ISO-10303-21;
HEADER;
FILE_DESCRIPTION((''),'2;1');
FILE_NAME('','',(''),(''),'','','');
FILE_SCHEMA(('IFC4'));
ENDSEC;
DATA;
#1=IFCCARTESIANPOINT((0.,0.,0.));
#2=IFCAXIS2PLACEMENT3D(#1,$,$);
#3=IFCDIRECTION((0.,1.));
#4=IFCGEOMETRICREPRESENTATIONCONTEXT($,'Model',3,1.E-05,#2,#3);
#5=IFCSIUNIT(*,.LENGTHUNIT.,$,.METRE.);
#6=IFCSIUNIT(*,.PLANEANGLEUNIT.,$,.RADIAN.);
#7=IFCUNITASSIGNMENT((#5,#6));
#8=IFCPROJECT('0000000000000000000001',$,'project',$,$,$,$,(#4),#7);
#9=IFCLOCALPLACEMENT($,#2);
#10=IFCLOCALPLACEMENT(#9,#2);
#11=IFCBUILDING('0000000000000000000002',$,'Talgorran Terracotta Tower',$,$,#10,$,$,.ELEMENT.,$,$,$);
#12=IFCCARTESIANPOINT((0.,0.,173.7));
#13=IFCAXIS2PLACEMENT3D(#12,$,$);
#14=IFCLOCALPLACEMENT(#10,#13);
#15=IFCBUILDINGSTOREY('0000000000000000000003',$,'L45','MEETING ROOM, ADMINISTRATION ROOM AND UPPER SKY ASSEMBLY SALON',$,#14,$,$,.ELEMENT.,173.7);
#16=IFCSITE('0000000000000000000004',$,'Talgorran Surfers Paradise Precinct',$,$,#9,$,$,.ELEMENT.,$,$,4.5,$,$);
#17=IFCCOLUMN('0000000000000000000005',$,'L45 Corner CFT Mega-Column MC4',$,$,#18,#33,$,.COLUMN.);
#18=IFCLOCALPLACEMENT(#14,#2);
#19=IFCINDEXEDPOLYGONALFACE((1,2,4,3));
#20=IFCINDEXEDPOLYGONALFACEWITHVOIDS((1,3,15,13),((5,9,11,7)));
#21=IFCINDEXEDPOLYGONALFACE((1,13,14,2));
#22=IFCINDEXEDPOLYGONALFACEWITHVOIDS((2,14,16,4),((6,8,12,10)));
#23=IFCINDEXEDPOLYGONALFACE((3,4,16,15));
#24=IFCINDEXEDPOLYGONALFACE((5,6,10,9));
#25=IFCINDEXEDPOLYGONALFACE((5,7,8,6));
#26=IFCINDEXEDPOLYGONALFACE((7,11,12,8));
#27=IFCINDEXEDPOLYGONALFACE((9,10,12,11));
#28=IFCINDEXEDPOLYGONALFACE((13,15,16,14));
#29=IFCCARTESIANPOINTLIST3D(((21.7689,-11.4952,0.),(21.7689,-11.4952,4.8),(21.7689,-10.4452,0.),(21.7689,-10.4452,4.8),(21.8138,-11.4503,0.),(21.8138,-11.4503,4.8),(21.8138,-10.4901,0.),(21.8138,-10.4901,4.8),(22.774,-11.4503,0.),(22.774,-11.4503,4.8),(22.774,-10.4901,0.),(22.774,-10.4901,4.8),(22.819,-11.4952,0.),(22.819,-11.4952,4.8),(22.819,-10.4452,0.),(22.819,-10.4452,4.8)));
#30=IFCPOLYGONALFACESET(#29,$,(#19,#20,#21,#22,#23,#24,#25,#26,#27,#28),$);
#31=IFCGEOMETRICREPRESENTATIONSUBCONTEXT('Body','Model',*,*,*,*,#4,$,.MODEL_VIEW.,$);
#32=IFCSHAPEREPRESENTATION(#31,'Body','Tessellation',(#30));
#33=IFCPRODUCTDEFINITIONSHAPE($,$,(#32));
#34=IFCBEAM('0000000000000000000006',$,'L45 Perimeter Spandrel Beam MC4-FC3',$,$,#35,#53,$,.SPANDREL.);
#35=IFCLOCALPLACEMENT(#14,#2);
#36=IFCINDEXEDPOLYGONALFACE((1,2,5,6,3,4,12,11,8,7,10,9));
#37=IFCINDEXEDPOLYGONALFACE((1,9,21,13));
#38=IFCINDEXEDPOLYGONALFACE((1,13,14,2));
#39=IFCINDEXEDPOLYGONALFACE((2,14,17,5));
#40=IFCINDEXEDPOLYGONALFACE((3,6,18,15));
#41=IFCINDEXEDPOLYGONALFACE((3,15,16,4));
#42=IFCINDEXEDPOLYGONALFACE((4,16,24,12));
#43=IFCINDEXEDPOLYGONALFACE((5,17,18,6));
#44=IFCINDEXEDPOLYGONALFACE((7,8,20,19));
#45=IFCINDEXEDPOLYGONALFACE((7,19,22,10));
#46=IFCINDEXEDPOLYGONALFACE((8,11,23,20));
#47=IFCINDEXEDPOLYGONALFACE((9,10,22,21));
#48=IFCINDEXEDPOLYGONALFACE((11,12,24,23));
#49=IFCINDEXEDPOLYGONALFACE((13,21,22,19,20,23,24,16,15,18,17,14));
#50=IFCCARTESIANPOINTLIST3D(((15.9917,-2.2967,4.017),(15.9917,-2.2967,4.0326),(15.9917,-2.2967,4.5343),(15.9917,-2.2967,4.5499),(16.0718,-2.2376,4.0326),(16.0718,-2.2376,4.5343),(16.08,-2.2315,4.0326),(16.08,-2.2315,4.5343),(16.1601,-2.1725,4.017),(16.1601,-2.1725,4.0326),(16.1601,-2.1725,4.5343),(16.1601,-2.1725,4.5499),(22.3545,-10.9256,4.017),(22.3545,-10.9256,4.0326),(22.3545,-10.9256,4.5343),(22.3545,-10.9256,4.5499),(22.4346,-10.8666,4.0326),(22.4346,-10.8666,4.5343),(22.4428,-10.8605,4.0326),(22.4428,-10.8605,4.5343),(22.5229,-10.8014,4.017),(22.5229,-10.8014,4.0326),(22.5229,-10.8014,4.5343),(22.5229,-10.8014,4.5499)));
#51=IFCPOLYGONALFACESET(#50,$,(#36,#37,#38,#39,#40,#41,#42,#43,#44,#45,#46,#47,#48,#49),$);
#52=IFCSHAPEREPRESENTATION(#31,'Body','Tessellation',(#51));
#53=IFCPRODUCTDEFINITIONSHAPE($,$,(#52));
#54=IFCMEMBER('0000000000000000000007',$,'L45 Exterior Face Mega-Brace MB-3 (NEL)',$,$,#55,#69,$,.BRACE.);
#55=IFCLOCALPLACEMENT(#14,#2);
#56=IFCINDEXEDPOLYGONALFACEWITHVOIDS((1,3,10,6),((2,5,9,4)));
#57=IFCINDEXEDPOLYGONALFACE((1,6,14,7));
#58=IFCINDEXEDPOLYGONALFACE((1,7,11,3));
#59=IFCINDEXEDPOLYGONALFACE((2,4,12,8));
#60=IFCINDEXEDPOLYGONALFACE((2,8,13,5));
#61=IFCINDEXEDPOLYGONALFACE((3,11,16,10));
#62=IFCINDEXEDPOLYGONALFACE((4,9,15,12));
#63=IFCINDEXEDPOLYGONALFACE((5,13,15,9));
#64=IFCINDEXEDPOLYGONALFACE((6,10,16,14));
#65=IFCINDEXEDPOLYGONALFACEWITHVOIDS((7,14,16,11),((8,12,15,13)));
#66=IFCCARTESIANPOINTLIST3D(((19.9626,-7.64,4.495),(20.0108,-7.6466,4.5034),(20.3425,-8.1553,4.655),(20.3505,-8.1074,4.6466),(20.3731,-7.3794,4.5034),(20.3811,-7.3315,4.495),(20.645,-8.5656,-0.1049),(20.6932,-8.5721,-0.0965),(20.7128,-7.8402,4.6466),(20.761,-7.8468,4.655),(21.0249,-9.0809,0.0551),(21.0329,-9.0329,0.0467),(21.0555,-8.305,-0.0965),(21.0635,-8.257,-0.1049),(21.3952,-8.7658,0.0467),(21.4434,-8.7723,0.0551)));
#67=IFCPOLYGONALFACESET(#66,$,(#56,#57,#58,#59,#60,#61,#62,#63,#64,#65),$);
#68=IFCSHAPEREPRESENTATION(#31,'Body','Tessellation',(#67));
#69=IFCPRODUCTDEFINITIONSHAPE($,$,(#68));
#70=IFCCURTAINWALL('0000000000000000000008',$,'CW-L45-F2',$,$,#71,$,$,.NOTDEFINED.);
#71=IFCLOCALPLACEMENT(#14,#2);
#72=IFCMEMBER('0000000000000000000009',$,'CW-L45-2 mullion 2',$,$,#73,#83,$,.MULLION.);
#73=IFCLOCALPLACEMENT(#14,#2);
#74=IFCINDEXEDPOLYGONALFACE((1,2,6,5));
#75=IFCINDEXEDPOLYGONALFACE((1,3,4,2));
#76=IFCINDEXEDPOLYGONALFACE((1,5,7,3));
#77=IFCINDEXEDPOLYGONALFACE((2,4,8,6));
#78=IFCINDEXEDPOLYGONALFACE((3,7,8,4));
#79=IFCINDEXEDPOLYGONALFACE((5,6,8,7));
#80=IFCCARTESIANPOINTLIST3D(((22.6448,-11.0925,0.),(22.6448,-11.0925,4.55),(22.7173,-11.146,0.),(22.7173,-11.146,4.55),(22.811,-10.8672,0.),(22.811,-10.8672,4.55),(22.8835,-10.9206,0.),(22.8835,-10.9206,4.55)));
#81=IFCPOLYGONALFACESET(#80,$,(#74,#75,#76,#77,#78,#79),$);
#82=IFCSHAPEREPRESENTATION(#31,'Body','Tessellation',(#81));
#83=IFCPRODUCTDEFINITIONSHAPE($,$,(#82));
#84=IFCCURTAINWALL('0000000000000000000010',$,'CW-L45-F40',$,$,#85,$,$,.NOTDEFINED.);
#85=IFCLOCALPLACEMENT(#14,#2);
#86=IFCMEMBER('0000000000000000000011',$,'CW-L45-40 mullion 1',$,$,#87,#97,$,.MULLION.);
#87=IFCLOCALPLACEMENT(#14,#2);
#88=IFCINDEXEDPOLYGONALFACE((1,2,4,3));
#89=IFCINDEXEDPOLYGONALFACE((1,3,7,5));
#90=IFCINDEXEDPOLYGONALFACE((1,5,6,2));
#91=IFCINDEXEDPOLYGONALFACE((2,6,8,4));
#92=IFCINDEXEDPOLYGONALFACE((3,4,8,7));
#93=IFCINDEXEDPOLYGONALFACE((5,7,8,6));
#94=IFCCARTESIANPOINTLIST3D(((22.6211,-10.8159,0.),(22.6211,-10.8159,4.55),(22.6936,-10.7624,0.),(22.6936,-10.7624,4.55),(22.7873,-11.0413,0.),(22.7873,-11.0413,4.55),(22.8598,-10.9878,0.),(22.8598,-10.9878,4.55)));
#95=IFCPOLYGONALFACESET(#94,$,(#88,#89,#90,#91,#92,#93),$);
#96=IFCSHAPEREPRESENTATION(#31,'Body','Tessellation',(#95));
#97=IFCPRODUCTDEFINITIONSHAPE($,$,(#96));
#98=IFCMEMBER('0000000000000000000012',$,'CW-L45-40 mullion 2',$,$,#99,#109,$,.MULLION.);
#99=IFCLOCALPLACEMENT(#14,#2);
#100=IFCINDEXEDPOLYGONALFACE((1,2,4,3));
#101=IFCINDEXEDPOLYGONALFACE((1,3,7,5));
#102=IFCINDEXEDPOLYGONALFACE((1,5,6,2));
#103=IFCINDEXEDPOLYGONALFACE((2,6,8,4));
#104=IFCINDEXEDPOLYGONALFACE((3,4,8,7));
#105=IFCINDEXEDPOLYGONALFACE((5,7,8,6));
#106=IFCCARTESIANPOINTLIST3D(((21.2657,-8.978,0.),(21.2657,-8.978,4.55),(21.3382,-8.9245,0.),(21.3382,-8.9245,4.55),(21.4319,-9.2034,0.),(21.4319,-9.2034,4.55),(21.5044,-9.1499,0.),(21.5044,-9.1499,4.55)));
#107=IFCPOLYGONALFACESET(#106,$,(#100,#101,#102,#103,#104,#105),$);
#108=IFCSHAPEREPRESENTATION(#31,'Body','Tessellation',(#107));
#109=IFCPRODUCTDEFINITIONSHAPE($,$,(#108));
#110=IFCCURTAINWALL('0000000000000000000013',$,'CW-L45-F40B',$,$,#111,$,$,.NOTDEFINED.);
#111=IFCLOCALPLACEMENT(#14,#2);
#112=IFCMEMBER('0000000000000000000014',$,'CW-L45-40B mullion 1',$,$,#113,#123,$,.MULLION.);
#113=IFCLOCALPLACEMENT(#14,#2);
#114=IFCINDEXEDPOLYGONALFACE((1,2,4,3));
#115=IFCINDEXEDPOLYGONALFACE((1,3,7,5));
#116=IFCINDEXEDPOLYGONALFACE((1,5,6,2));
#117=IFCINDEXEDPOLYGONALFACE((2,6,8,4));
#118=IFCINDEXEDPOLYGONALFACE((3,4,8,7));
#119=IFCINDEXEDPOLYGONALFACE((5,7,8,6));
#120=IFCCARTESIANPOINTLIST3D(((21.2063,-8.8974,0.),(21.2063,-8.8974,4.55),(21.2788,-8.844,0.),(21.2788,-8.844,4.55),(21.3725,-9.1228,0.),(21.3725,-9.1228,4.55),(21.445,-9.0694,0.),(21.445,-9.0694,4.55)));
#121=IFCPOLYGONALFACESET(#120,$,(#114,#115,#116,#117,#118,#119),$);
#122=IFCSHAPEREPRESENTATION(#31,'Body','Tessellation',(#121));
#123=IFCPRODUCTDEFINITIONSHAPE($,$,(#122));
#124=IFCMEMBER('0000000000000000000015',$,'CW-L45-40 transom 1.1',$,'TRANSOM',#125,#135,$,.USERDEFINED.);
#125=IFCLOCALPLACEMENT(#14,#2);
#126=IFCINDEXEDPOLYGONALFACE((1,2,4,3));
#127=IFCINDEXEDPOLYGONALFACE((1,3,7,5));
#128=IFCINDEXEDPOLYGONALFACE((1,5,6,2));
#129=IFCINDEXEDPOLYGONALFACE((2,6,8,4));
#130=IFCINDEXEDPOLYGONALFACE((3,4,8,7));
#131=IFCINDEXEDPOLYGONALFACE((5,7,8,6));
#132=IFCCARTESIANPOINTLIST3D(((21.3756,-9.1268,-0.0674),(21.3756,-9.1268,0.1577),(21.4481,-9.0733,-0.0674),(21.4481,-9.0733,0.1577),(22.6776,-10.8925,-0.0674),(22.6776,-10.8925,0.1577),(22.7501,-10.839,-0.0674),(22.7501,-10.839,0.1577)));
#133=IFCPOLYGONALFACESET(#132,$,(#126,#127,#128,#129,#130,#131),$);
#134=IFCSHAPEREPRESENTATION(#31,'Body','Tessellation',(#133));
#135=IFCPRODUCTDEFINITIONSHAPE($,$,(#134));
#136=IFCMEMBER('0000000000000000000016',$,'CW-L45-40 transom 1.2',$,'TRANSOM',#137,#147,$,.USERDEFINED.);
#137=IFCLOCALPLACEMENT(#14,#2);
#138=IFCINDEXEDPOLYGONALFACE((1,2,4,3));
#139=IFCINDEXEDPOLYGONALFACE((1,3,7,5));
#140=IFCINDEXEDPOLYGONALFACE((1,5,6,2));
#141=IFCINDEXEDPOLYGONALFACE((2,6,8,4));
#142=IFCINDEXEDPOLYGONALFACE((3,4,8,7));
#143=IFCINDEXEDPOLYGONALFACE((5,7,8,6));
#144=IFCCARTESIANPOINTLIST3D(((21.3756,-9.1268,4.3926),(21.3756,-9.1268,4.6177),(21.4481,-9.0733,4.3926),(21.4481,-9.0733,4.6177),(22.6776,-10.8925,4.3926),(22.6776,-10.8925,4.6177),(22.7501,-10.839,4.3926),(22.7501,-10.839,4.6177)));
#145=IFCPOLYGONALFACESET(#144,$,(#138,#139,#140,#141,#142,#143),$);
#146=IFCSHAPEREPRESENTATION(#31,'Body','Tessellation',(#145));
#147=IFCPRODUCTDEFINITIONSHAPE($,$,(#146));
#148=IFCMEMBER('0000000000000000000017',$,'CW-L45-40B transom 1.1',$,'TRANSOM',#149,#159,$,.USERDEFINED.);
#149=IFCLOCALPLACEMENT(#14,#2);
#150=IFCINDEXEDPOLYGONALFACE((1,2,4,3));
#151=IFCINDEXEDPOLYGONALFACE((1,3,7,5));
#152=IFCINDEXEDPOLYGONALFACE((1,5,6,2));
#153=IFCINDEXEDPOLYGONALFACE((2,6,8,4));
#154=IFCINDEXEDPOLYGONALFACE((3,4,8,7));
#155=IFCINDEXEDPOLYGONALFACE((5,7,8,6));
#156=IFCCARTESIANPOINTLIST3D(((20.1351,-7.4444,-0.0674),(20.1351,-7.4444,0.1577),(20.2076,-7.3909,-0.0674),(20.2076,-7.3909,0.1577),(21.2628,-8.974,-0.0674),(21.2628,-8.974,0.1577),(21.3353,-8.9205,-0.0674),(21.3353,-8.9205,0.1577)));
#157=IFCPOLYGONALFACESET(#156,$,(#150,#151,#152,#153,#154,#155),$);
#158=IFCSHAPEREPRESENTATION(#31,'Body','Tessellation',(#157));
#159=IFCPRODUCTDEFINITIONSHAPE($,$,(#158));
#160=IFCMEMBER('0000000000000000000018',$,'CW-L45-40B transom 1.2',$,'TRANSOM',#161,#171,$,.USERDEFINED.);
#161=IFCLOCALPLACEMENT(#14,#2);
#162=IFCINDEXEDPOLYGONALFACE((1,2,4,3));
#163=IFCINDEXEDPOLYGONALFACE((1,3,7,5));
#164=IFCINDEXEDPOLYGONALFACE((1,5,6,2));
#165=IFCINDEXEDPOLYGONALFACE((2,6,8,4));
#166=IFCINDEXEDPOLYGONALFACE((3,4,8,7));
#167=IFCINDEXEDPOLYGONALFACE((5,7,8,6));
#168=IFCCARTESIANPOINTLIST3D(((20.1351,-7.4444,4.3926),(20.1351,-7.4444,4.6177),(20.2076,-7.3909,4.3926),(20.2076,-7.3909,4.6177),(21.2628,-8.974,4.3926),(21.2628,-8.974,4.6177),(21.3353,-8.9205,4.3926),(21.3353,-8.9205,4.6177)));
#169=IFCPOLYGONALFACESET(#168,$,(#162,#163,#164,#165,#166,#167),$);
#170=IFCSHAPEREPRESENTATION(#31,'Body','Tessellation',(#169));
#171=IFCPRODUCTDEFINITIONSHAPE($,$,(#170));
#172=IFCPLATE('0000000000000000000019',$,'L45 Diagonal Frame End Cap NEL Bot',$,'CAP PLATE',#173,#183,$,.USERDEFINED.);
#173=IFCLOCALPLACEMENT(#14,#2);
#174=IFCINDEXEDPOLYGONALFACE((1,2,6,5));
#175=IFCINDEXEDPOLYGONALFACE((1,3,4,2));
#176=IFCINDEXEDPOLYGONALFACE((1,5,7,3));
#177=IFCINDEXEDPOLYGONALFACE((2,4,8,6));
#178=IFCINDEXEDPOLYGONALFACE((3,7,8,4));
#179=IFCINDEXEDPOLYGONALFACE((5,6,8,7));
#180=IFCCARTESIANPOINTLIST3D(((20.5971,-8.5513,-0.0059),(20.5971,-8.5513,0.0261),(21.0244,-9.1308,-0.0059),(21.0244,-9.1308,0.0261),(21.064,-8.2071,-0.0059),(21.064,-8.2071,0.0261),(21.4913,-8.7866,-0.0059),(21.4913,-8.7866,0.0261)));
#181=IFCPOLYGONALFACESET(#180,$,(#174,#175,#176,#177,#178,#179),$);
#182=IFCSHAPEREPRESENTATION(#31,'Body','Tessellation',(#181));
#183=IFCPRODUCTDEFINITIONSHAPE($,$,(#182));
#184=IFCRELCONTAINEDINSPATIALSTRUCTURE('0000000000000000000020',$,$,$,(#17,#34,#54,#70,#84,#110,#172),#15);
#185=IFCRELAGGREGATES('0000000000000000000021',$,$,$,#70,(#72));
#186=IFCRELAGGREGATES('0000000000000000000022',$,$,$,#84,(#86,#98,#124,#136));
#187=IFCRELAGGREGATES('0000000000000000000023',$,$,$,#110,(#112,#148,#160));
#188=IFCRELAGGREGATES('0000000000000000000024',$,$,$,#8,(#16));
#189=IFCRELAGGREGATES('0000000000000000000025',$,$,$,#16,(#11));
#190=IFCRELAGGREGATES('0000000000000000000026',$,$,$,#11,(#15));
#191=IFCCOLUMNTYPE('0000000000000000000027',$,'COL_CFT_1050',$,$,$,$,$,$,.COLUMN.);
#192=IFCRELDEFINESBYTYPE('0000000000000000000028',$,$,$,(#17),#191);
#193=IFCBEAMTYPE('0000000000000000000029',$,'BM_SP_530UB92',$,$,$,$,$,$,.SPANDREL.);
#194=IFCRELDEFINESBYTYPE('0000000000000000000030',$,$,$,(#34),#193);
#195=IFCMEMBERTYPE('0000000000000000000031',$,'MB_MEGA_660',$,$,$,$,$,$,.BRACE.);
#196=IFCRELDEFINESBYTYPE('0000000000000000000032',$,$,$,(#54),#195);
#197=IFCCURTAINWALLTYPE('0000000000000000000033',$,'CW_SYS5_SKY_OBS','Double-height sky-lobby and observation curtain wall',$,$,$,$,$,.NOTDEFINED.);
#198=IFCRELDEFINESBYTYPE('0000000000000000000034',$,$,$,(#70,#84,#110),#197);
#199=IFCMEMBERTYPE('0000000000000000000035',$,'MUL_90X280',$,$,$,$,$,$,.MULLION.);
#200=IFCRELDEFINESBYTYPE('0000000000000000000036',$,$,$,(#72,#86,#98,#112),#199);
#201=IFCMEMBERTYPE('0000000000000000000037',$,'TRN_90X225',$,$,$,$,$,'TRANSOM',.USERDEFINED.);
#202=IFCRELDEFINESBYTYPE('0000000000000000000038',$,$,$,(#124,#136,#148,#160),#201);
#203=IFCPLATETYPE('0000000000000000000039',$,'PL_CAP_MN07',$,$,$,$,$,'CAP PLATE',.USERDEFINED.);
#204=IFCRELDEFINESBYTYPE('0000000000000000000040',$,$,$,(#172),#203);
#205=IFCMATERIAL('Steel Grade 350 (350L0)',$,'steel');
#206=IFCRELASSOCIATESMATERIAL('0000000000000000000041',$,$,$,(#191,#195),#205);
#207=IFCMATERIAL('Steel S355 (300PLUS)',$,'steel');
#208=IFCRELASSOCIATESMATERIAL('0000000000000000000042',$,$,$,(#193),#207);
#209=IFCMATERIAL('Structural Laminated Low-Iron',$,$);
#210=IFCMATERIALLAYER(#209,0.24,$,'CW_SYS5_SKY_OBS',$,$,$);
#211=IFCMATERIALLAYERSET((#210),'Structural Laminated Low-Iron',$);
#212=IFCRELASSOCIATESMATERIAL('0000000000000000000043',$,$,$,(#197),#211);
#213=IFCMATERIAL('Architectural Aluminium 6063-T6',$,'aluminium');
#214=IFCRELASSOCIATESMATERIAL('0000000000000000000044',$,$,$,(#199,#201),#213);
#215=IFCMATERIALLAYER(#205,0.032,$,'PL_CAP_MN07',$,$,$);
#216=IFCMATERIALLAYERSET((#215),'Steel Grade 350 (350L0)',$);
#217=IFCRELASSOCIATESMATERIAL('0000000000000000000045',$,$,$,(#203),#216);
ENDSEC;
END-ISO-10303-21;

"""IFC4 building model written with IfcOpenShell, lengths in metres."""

from ifc_helpers import new_model, si_unit, direction, frame, origin, origin_2d, place, context, subcontext, project, spatial, rectangle, hollow_rectangle, i_section, extrude, material, layer, layer_set, material_profile, profile_set, type_object, element, aggregate, save


model = new_model("IFC4")

# Units and contexts
model_context = context("Model", 3, precision=1e-05, world=origin(), true_north=direction((0.0, 1.0)))
body_context = subcontext(model_context, "Body", "Model", "MODEL_VIEW")
ifc_project = project(units=[si_unit("LENGTHUNIT", "METRE"), si_unit("PLANEANGLEUNIT", "RADIAN")], contexts=[model_context])

# Site, building, storey
site_placement = place(None, origin())
site = spatial("IfcSite", under=ifc_project, at=site_placement, Name="Talgorran Surfers Paradise Precinct", CompositionType="ELEMENT", RefElevation=4.5)
building_placement = place(site_placement, origin())
building = spatial("IfcBuilding", under=site, at=building_placement, Name="Talgorran Terracotta Tower", CompositionType="ELEMENT")
storey_placement = place(building_placement, frame((0.0, 0.0, 173.7)))
storey = spatial("IfcBuildingStorey", under=building, at=storey_placement, Name="L45", Description="MEETING ROOM, ADMINISTRATION ROOM AND UPPER SKY ASSEMBLY SALON", CompositionType="ELEMENT", Elevation=173.7)

# Column
ifc_material_1 = material(Name="Steel Grade 350 (350L0)", Category="steel")
ifc_material_profile_1 = material_profile(ifc_material_1, hollow_rectangle(XDim=1.05, YDim=1.05, WallThickness=0.0449, at=origin_2d()), Name="CFT1050X1050X45")
ifc_profile_set_1 = profile_set([ifc_material_profile_1], Name="Steel Grade 350 (350L0)")
column_type = type_object("IfcColumnType", Name="COL_CFT_1050", PredefinedType="COLUMN", material=ifc_profile_set_1)
column_placement = place(storey_placement, frame((22.2939, -10.9702, 0.0), z_axis=(0.0, 0.0, 1.0), x_axis=(1.0, 0.0, 0.0)))
element("IfcColumn", 1, at=column_placement, inside=storey, type_object=column_type, Name="L45 Corner CFT Mega-Column MC4", PredefinedType="COLUMN", context=body_context, shape_type="SweptSolid", body=[
    extrude(hollow_rectangle(XDim=1.05, YDim=1.05, WallThickness=0.0449, at=origin_2d()), origin(), (0.0, 0.0, 1.0), 4.8),
])

# Beam
ifc_material_2 = material(Name="Steel S355 (300PLUS)", Category="steel")
ifc_material_profile_2 = material_profile(ifc_material_2, i_section(OverallWidth=0.2092, OverallDepth=0.533, WebThickness=0.0103, FlangeThickness=0.0156, at=origin_2d()), Name="530UB92.4")
ifc_profile_set_2 = profile_set([ifc_material_profile_2], Name="Steel S355 (300PLUS)")
beam_type = type_object("IfcBeamType", Name="BM_SP_530UB92", PredefinedType="SPANDREL", material=ifc_profile_set_2)
beam_placement = place(storey_placement, frame((22.4387, -10.8635, 4.2834), z_axis=(-0.59348, 0.804849, 0.0), x_axis=(-0.804849, -0.59348, 0.0)))
element("IfcBeam", 2, at=beam_placement, inside=storey, type_object=beam_type, Name="L45 Perimeter Spandrel Beam MC4-FC3", PredefinedType="SPANDREL", context=body_context, shape_type="SweptSolid", body=[
    extrude(i_section(OverallWidth=0.2092, OverallDepth=0.533, WebThickness=0.0103, FlangeThickness=0.0156, at=origin_2d()), origin(), (0.0, 0.0, 1.0), 10.7212),
])

# Member
ifc_material_profile_3 = material_profile(ifc_material_1, hollow_rectangle(XDim=0.52, YDim=0.6599, WallThickness=0.0349, at=origin_2d()), Name="WBOX660X520X35")
ifc_profile_set_3 = profile_set([ifc_material_profile_3], Name="Steel Grade 350 (350L0)")
member_type_1 = type_object("IfcMemberType", Name="MB_MEGA_660", PredefinedType="BRACE", material=ifc_profile_set_3)
member_1_placement = place(storey_placement, frame((21.0442, -8.6689, -0.0249), z_axis=(-0.143918, 0.195203, 0.970146), x_axis=(-0.80489, -0.593424, 0.0)))
element("IfcMember", 3, at=member_1_placement, inside=storey, type_object=member_type_1, Name="L45 Exterior Face Mega-Brace MB-3 (NEL)", PredefinedType="BRACE", context=body_context, shape_type="SweptSolid", body=[
    extrude(hollow_rectangle(XDim=0.52, YDim=0.6599, WallThickness=0.0349, at=origin_2d()), origin(), (0.0, 0.0, 1.0), 4.7415),
])

# Curtain wall, member
ifc_material_3 = material(Name="Structural Laminated Low-Iron")
ifc_layer_1 = layer(ifc_material_3, 0.24, Name="CW_SYS5_SKY_OBS")
ifc_layer_set_1 = layer_set([ifc_layer_1], Name="Structural Laminated Low-Iron")
curtain_wall_type = type_object("IfcCurtainWallType", Name="CW_SYS5_SKY_OBS", Description="Double-height sky-lobby and observation curtain wall", PredefinedType="NOTDEFINED", material=ifc_layer_set_1)
curtain_wall_1_placement = place(storey_placement, origin())
curtain_wall_1 = element("IfcCurtainWall", 4, at=curtain_wall_1_placement, inside=storey, type_object=curtain_wall_type, Name="CW-L45-F2", PredefinedType="NOTDEFINED")
ifc_material_4 = material(Name="Architectural Aluminium 6063-T6", Category="aluminium")
ifc_material_profile_4 = material_profile(ifc_material_4, rectangle(XDim=0.0901, YDim=0.28, at=origin_2d()), Name="CWM90X280")
ifc_profile_set_4 = profile_set([ifc_material_profile_4], Name="Architectural Aluminium 6063-T6")
member_type_2 = type_object("IfcMemberType", Name="MUL_90X280", PredefinedType="MULLION", material=ifc_profile_set_4)
member_2_placement = place(storey_placement, frame((22.7642, -11.0066, 0.0), z_axis=(0.0, 0.0, 1.0), x_axis=(-0.804841, 0.59349, 0.0)))
member_2 = element("IfcMember", 5, at=member_2_placement, type_object=member_type_2, Name="CW-L45-2 mullion 2", PredefinedType="MULLION", context=body_context, shape_type="SweptSolid", body=[
    extrude(rectangle(XDim=0.0901, YDim=0.28, at=origin_2d()), origin(), (0.0, 0.0, 1.0), 4.55),
])

# Curtain wall, members
curtain_wall_2_placement = place(storey_placement, origin())
curtain_wall_2 = element("IfcCurtainWall", 6, at=curtain_wall_2_placement, inside=storey, type_object=curtain_wall_type, Name="CW-L45-F40", PredefinedType="NOTDEFINED")
member_3_placement = place(storey_placement, frame((22.7405, -10.9019, 0.0), z_axis=(0.0, 0.0, 1.0), x_axis=(-0.804827, -0.593509, 0.0)))
member_3 = element("IfcMember", 7, at=member_3_placement, type_object=member_type_2, Name="CW-L45-40 mullion 1", PredefinedType="MULLION", context=body_context, shape_type="SweptSolid", body=[
    extrude(rectangle(XDim=0.0901, YDim=0.28, at=origin_2d()), origin(), (0.0, 0.0, 1.0), 4.55),
])
member_4_placement = place(storey_placement, frame((21.385, -9.064, 0.0), z_axis=(0.0, 0.0, 1.0), x_axis=(-0.804827, -0.593509, 0.0)))
member_4 = element("IfcMember", 8, at=member_4_placement, type_object=member_type_2, Name="CW-L45-40 mullion 2", PredefinedType="MULLION", context=body_context, shape_type="SweptSolid", body=[
    extrude(rectangle(XDim=0.0901, YDim=0.28, at=origin_2d()), origin(), (0.0, 0.0, 1.0), 4.55),
])

# Curtain wall, member
curtain_wall_3_placement = place(storey_placement, origin())
curtain_wall_3 = element("IfcCurtainWall", 9, at=curtain_wall_3_placement, inside=storey, type_object=curtain_wall_type, Name="CW-L45-F40B", PredefinedType="NOTDEFINED")
member_5_placement = place(storey_placement, frame((21.3257, -8.9834, 0.0), z_axis=(0.0, 0.0, 1.0), x_axis=(-0.804831, -0.593504, 0.0)))
member_5 = element("IfcMember", 10, at=member_5_placement, type_object=member_type_2, Name="CW-L45-40B mullion 1", PredefinedType="MULLION", context=body_context, shape_type="SweptSolid", body=[
    extrude(rectangle(XDim=0.0901, YDim=0.28, at=origin_2d()), origin(), (0.0, 0.0, 1.0), 4.55),
])

# Members
ifc_material_profile_5 = material_profile(ifc_material_4, rectangle(XDim=0.0901, YDim=0.2251, at=origin_2d()), Name="CWT90X225")
ifc_profile_set_5 = profile_set([ifc_material_profile_5], Name="Architectural Aluminium 6063-T6")
member_type_3 = type_object("IfcMemberType", Name="TRN_90X225", ElementType="TRANSOM", PredefinedType="USERDEFINED", material=ifc_profile_set_5)
member_6_placement = place(storey_placement, frame((22.7139, -10.8657, 0.0452), z_axis=(-0.593499, 0.804835, 0.0), x_axis=(-0.804835, -0.593499, 0.0)))
member_6 = element("IfcMember", 11, at=member_6_placement, type_object=member_type_3, Name="CW-L45-40 transom 1.1", ObjectType="TRANSOM", PredefinedType="USERDEFINED", context=body_context, shape_type="SweptSolid", body=[
    extrude(rectangle(XDim=0.0901, YDim=0.2251, at=origin_2d()), origin(), (0.0, 0.0, 1.0), 2.1938),
])
member_7_placement = place(storey_placement, frame((22.7139, -10.8657, 4.5051), z_axis=(-0.593499, 0.804835, 0.0), x_axis=(-0.804835, -0.593499, 0.0)))
member_7 = element("IfcMember", 12, at=member_7_placement, type_object=member_type_3, Name="CW-L45-40 transom 1.2", ObjectType="TRANSOM", PredefinedType="USERDEFINED", context=body_context, shape_type="SweptSolid", body=[
    extrude(rectangle(XDim=0.0901, YDim=0.2251, at=origin_2d()), origin(), (0.0, 0.0, 1.0), 2.1938),
])
member_8_placement = place(storey_placement, frame((21.2991, -8.9473, 0.0452), z_axis=(-0.593423, 0.804891, 0.0), x_axis=(-0.804891, -0.593423, 0.0)))
member_8 = element("IfcMember", 13, at=member_8_placement, type_object=member_type_3, Name="CW-L45-40B transom 1.1", ObjectType="TRANSOM", PredefinedType="USERDEFINED", context=body_context, shape_type="SweptSolid", body=[
    extrude(rectangle(XDim=0.0901, YDim=0.2251, at=origin_2d()), origin(), (0.0, 0.0, 1.0), 1.9004),
])
member_9_placement = place(storey_placement, frame((21.2991, -8.9473, 4.5051), z_axis=(-0.593423, 0.804891, 0.0), x_axis=(-0.804891, -0.593423, 0.0)))
member_9 = element("IfcMember", 14, at=member_9_placement, type_object=member_type_3, Name="CW-L45-40B transom 1.2", ObjectType="TRANSOM", PredefinedType="USERDEFINED", context=body_context, shape_type="SweptSolid", body=[
    extrude(rectangle(XDim=0.0901, YDim=0.2251, at=origin_2d()), origin(), (0.0, 0.0, 1.0), 1.9004),
])

# Plate
ifc_layer_2 = layer(ifc_material_1, 0.032, Name="PL_CAP_MN07")
ifc_layer_set_2 = layer_set([ifc_layer_2], Name="Steel Grade 350 (350L0)")
plate_type_1 = type_object("IfcPlateType", Name="PL_CAP_MN07", ElementType="CAP PLATE", PredefinedType="USERDEFINED", material=ifc_layer_set_2)
for number, where, z_axis, x_axis, name in (
    (15, (21.0442, -8.6689, -0.0059), (0.0, 0.0, 1.0), (-0.593419, 0.804894, 0.0), "L45 Diagonal Frame End Cap NEL Bot"),
):
    element("IfcPlate", number, at=place(storey_placement, frame(where, z_axis=z_axis, x_axis=x_axis)), inside=storey, type_object=plate_type_1, Name=name, ObjectType="CAP PLATE", PredefinedType="USERDEFINED", context=body_context, shape_type="SweptSolid", body=[
        extrude(rectangle(XDim=0.72, YDim=0.5801, at=origin_2d()), origin(), (0.0, 0.0, 1.0), 0.032),
    ])

aggregate(curtain_wall_1, [member_2])
aggregate(curtain_wall_2, [member_3, member_4, member_6, member_7])
aggregate(curtain_wall_3, [member_5, member_8, member_9])

save(model, "model.ifc")
